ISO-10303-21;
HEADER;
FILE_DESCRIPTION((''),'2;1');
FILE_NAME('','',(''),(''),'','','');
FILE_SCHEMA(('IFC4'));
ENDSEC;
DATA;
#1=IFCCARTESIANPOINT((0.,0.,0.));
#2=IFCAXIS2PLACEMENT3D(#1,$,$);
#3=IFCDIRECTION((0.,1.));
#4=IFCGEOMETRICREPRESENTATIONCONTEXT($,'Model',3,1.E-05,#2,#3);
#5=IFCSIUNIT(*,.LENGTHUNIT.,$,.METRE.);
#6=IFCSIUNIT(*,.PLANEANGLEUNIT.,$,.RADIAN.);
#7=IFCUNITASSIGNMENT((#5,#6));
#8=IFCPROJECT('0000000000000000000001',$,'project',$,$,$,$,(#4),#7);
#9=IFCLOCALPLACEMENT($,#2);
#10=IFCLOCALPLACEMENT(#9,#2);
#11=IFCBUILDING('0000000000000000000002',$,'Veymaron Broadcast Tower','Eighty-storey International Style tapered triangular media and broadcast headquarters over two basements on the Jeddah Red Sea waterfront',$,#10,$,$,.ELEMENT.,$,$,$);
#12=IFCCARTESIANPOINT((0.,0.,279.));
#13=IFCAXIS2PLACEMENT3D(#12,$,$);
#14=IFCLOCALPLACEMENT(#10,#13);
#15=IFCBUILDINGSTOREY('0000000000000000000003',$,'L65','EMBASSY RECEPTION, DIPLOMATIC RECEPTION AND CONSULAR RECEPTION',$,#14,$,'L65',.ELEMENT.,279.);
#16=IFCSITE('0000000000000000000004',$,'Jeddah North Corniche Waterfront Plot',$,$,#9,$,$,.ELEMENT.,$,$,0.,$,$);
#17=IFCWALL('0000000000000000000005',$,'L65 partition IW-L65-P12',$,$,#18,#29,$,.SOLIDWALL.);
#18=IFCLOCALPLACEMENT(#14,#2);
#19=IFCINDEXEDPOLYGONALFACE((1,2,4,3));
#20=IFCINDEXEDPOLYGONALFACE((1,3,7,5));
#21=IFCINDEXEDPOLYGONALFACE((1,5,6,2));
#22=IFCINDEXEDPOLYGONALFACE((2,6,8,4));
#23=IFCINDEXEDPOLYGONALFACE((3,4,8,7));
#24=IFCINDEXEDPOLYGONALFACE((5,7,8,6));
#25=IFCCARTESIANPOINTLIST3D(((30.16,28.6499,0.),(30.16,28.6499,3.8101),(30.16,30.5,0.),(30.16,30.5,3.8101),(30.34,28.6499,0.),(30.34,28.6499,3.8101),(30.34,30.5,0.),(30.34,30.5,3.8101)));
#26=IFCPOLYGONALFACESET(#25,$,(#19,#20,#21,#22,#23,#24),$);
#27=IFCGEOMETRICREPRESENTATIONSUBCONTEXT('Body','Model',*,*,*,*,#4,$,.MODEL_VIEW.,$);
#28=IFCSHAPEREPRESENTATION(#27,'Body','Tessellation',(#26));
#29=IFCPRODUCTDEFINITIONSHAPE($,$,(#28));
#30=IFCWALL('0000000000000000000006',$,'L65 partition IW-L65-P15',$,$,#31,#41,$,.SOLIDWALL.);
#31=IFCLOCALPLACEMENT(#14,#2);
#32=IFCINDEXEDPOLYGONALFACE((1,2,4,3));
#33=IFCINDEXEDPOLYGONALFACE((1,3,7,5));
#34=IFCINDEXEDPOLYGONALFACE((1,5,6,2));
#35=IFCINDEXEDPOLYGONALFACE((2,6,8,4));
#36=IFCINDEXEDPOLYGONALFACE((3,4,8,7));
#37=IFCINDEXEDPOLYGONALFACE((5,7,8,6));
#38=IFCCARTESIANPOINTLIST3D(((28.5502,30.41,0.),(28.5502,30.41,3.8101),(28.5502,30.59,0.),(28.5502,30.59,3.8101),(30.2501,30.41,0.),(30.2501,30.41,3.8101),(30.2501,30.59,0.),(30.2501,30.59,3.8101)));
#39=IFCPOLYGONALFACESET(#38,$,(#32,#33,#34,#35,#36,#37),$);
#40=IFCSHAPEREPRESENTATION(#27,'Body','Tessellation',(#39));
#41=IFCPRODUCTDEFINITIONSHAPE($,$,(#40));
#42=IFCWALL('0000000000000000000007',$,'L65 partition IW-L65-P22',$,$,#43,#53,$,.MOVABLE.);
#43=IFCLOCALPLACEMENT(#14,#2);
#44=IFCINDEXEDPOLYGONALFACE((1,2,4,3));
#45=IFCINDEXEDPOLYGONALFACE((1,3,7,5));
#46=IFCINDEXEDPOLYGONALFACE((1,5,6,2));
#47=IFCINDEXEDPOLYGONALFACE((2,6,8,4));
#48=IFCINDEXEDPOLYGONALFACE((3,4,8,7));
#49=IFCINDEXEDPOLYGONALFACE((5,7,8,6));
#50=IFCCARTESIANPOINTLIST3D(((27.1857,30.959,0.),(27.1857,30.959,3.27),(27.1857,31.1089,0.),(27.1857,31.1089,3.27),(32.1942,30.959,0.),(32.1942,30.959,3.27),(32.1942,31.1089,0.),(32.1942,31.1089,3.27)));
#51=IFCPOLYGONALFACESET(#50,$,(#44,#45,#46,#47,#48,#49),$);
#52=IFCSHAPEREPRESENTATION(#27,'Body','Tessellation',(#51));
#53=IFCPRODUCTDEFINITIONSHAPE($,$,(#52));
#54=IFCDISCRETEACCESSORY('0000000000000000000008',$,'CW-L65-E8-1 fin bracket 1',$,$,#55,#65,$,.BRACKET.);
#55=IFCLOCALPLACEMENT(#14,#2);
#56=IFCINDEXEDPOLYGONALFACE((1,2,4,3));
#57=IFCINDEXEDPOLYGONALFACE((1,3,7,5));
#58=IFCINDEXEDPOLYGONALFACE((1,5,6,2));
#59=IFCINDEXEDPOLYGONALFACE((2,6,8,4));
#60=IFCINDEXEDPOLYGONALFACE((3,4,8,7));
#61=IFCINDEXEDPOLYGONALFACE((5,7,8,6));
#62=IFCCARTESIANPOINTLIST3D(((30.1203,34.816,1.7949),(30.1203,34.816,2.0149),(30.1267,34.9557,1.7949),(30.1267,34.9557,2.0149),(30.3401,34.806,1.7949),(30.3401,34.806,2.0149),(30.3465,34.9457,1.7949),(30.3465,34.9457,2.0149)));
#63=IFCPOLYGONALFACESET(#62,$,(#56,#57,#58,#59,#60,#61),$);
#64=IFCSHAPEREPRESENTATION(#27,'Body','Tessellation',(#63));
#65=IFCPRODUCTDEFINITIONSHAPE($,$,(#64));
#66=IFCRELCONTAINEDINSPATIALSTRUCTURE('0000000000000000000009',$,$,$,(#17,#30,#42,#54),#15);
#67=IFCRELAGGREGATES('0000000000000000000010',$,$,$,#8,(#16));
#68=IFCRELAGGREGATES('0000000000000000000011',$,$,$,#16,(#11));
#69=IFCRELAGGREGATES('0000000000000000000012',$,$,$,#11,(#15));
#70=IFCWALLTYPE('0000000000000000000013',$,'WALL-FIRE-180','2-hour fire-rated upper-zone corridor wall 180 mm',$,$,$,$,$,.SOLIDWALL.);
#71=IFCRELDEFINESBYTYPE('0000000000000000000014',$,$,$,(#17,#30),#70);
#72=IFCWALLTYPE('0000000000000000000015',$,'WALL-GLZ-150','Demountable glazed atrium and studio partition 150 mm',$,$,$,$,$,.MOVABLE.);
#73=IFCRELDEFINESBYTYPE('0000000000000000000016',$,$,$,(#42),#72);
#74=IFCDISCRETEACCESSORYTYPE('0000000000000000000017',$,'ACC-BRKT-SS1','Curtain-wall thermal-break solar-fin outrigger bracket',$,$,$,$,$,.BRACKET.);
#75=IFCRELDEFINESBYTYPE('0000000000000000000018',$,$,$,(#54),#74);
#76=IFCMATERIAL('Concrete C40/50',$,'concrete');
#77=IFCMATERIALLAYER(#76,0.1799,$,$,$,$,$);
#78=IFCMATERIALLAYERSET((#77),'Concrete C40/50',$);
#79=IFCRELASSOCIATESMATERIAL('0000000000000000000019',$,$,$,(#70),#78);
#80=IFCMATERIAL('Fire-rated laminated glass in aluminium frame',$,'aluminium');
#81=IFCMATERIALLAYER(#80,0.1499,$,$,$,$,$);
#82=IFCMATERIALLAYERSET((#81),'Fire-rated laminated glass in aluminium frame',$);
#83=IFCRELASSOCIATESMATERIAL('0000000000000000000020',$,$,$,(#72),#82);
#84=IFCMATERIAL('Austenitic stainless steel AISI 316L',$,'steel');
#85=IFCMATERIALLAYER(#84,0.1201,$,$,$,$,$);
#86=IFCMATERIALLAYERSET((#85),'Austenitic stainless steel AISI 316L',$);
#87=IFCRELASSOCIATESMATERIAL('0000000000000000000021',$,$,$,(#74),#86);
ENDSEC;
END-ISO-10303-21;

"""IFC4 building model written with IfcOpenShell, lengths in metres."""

from ifc_helpers import new_model, si_unit, direction, frame, frame_2d, origin, origin_2d, place, context, subcontext, project, spatial, rectangle, extrude, material, layer, layer_set, type_object, element, save


model = new_model("IFC4")

# Units and contexts
model_context = context("Model", 3, precision=1e-05, world=origin(), true_north=direction((0.0, 1.0)))
body_context = subcontext(model_context, "Body", "Model", "MODEL_VIEW")
ifc_project = project(units=[si_unit("LENGTHUNIT", "METRE"), si_unit("PLANEANGLEUNIT", "RADIAN")], contexts=[model_context])

# Site, building, storey
site_placement = place(None, origin())
site = spatial("IfcSite", under=ifc_project, at=site_placement, Name="Jeddah North Corniche Waterfront Plot", CompositionType="ELEMENT", RefElevation=0.0)
building_placement = place(site_placement, origin())
building = spatial("IfcBuilding", under=site, at=building_placement, Name="Veymaron Broadcast Tower", Description="Eighty-storey International Style tapered triangular media and broadcast headquarters over two basements on the Jeddah Red Sea waterfront", CompositionType="ELEMENT")
storey_placement = place(building_placement, frame((0.0, 0.0, 279.0)))
storey = spatial("IfcBuildingStorey", under=building, at=storey_placement, Name="L65", Description="EMBASSY RECEPTION, DIPLOMATIC RECEPTION AND CONSULAR RECEPTION", LongName="L65", CompositionType="ELEMENT", Elevation=279.0)

# Walls
ifc_material_1 = material(Name="Concrete C40/50", Category="concrete")
ifc_layer_1 = layer(ifc_material_1, 0.1799)
ifc_layer_set_1 = layer_set([ifc_layer_1], Name="Concrete C40/50")
wall_type_1 = type_object("IfcWallType", Name="WALL-FIRE-180", Description="2-hour fire-rated upper-zone corridor wall 180 mm", PredefinedType="SOLIDWALL", material=ifc_layer_set_1)
wall_1_placement = place(storey_placement, frame((30.25, 28.6499, 0.0), z_axis=(0.0, 0.0, 1.0), x_axis=(0.0, 1.0, 0.0)))
element("IfcWall", 1, at=wall_1_placement, inside=storey, type_object=wall_type_1, Name="L65 partition IW-L65-P12", PredefinedType="SOLIDWALL", context=body_context, shape_type="SweptSolid", body=[
    extrude(rectangle(XDim=1.8501, YDim=0.1799, at=frame_2d((0.925, 0.0))), origin(), (0.0, 0.0, 1.0), 3.8101),
])
wall_2_placement = place(storey_placement, frame((28.55, 30.5, 0.0), z_axis=(0.0, 0.0, 1.0), x_axis=(1.0, 0.0, 0.0)))
element("IfcWall", 2, at=wall_2_placement, inside=storey, type_object=wall_type_1, Name="L65 partition IW-L65-P15", PredefinedType="SOLIDWALL", context=body_context, shape_type="SweptSolid", body=[
    extrude(rectangle(XDim=1.7, YDim=0.1799, at=frame_2d((0.8501, 0.0))), origin(), (0.0, 0.0, 1.0), 3.8101),
])
ifc_material_2 = material(Name="Fire-rated laminated glass in aluminium frame", Category="aluminium")
ifc_layer_2 = layer(ifc_material_2, 0.1499)
ifc_layer_set_2 = layer_set([ifc_layer_2], Name="Fire-rated laminated glass in aluminium frame")
wall_type_2 = type_object("IfcWallType", Name="WALL-GLZ-150", Description="Demountable glazed atrium and studio partition 150 mm", PredefinedType="MOVABLE", material=ifc_layer_set_2)
wall_3_placement = place(storey_placement, frame((27.1855, 31.0339, 0.0), z_axis=(0.0, 0.0, 1.0), x_axis=(1.0, 0.0, 0.0)))
element("IfcWall", 3, at=wall_3_placement, inside=storey, type_object=wall_type_2, Name="L65 partition IW-L65-P22", PredefinedType="MOVABLE", context=body_context, shape_type="SweptSolid", body=[
    extrude(rectangle(XDim=5.0085, YDim=0.1499, at=frame_2d((2.5044, 0.0))), origin(), (0.0, 0.0, 1.0), 3.27),
])

# Discrete accessory
ifc_material_3 = material(Name="Austenitic stainless steel AISI 316L", Category="steel")
ifc_layer_3 = layer(ifc_material_3, 0.1201)
ifc_layer_set_3 = layer_set([ifc_layer_3], Name="Austenitic stainless steel AISI 316L")
discrete_accessory_type = type_object("IfcDiscreteAccessoryType", Name="ACC-BRKT-SS1", Description="Curtain-wall thermal-break solar-fin outrigger bracket", PredefinedType="BRACKET", material=ifc_layer_set_3)
discrete_accessory_placement = place(storey_placement, frame((30.2334, 34.8809, 1.7949), z_axis=(0.0, 0.0, 1.0), x_axis=(-0.998964, 0.045502, 0.0)))
element("IfcDiscreteAccessory", 4, at=discrete_accessory_placement, inside=storey, type_object=discrete_accessory_type, Name="CW-L65-E8-1 fin bracket 1", PredefinedType="BRACKET", context=body_context, shape_type="SweptSolid", body=[
    extrude(rectangle(XDim=0.22, YDim=0.1399, at=origin_2d()), origin(), (0.0, 0.0, 1.0), 0.22),
])

save(model, "model.ifc")
